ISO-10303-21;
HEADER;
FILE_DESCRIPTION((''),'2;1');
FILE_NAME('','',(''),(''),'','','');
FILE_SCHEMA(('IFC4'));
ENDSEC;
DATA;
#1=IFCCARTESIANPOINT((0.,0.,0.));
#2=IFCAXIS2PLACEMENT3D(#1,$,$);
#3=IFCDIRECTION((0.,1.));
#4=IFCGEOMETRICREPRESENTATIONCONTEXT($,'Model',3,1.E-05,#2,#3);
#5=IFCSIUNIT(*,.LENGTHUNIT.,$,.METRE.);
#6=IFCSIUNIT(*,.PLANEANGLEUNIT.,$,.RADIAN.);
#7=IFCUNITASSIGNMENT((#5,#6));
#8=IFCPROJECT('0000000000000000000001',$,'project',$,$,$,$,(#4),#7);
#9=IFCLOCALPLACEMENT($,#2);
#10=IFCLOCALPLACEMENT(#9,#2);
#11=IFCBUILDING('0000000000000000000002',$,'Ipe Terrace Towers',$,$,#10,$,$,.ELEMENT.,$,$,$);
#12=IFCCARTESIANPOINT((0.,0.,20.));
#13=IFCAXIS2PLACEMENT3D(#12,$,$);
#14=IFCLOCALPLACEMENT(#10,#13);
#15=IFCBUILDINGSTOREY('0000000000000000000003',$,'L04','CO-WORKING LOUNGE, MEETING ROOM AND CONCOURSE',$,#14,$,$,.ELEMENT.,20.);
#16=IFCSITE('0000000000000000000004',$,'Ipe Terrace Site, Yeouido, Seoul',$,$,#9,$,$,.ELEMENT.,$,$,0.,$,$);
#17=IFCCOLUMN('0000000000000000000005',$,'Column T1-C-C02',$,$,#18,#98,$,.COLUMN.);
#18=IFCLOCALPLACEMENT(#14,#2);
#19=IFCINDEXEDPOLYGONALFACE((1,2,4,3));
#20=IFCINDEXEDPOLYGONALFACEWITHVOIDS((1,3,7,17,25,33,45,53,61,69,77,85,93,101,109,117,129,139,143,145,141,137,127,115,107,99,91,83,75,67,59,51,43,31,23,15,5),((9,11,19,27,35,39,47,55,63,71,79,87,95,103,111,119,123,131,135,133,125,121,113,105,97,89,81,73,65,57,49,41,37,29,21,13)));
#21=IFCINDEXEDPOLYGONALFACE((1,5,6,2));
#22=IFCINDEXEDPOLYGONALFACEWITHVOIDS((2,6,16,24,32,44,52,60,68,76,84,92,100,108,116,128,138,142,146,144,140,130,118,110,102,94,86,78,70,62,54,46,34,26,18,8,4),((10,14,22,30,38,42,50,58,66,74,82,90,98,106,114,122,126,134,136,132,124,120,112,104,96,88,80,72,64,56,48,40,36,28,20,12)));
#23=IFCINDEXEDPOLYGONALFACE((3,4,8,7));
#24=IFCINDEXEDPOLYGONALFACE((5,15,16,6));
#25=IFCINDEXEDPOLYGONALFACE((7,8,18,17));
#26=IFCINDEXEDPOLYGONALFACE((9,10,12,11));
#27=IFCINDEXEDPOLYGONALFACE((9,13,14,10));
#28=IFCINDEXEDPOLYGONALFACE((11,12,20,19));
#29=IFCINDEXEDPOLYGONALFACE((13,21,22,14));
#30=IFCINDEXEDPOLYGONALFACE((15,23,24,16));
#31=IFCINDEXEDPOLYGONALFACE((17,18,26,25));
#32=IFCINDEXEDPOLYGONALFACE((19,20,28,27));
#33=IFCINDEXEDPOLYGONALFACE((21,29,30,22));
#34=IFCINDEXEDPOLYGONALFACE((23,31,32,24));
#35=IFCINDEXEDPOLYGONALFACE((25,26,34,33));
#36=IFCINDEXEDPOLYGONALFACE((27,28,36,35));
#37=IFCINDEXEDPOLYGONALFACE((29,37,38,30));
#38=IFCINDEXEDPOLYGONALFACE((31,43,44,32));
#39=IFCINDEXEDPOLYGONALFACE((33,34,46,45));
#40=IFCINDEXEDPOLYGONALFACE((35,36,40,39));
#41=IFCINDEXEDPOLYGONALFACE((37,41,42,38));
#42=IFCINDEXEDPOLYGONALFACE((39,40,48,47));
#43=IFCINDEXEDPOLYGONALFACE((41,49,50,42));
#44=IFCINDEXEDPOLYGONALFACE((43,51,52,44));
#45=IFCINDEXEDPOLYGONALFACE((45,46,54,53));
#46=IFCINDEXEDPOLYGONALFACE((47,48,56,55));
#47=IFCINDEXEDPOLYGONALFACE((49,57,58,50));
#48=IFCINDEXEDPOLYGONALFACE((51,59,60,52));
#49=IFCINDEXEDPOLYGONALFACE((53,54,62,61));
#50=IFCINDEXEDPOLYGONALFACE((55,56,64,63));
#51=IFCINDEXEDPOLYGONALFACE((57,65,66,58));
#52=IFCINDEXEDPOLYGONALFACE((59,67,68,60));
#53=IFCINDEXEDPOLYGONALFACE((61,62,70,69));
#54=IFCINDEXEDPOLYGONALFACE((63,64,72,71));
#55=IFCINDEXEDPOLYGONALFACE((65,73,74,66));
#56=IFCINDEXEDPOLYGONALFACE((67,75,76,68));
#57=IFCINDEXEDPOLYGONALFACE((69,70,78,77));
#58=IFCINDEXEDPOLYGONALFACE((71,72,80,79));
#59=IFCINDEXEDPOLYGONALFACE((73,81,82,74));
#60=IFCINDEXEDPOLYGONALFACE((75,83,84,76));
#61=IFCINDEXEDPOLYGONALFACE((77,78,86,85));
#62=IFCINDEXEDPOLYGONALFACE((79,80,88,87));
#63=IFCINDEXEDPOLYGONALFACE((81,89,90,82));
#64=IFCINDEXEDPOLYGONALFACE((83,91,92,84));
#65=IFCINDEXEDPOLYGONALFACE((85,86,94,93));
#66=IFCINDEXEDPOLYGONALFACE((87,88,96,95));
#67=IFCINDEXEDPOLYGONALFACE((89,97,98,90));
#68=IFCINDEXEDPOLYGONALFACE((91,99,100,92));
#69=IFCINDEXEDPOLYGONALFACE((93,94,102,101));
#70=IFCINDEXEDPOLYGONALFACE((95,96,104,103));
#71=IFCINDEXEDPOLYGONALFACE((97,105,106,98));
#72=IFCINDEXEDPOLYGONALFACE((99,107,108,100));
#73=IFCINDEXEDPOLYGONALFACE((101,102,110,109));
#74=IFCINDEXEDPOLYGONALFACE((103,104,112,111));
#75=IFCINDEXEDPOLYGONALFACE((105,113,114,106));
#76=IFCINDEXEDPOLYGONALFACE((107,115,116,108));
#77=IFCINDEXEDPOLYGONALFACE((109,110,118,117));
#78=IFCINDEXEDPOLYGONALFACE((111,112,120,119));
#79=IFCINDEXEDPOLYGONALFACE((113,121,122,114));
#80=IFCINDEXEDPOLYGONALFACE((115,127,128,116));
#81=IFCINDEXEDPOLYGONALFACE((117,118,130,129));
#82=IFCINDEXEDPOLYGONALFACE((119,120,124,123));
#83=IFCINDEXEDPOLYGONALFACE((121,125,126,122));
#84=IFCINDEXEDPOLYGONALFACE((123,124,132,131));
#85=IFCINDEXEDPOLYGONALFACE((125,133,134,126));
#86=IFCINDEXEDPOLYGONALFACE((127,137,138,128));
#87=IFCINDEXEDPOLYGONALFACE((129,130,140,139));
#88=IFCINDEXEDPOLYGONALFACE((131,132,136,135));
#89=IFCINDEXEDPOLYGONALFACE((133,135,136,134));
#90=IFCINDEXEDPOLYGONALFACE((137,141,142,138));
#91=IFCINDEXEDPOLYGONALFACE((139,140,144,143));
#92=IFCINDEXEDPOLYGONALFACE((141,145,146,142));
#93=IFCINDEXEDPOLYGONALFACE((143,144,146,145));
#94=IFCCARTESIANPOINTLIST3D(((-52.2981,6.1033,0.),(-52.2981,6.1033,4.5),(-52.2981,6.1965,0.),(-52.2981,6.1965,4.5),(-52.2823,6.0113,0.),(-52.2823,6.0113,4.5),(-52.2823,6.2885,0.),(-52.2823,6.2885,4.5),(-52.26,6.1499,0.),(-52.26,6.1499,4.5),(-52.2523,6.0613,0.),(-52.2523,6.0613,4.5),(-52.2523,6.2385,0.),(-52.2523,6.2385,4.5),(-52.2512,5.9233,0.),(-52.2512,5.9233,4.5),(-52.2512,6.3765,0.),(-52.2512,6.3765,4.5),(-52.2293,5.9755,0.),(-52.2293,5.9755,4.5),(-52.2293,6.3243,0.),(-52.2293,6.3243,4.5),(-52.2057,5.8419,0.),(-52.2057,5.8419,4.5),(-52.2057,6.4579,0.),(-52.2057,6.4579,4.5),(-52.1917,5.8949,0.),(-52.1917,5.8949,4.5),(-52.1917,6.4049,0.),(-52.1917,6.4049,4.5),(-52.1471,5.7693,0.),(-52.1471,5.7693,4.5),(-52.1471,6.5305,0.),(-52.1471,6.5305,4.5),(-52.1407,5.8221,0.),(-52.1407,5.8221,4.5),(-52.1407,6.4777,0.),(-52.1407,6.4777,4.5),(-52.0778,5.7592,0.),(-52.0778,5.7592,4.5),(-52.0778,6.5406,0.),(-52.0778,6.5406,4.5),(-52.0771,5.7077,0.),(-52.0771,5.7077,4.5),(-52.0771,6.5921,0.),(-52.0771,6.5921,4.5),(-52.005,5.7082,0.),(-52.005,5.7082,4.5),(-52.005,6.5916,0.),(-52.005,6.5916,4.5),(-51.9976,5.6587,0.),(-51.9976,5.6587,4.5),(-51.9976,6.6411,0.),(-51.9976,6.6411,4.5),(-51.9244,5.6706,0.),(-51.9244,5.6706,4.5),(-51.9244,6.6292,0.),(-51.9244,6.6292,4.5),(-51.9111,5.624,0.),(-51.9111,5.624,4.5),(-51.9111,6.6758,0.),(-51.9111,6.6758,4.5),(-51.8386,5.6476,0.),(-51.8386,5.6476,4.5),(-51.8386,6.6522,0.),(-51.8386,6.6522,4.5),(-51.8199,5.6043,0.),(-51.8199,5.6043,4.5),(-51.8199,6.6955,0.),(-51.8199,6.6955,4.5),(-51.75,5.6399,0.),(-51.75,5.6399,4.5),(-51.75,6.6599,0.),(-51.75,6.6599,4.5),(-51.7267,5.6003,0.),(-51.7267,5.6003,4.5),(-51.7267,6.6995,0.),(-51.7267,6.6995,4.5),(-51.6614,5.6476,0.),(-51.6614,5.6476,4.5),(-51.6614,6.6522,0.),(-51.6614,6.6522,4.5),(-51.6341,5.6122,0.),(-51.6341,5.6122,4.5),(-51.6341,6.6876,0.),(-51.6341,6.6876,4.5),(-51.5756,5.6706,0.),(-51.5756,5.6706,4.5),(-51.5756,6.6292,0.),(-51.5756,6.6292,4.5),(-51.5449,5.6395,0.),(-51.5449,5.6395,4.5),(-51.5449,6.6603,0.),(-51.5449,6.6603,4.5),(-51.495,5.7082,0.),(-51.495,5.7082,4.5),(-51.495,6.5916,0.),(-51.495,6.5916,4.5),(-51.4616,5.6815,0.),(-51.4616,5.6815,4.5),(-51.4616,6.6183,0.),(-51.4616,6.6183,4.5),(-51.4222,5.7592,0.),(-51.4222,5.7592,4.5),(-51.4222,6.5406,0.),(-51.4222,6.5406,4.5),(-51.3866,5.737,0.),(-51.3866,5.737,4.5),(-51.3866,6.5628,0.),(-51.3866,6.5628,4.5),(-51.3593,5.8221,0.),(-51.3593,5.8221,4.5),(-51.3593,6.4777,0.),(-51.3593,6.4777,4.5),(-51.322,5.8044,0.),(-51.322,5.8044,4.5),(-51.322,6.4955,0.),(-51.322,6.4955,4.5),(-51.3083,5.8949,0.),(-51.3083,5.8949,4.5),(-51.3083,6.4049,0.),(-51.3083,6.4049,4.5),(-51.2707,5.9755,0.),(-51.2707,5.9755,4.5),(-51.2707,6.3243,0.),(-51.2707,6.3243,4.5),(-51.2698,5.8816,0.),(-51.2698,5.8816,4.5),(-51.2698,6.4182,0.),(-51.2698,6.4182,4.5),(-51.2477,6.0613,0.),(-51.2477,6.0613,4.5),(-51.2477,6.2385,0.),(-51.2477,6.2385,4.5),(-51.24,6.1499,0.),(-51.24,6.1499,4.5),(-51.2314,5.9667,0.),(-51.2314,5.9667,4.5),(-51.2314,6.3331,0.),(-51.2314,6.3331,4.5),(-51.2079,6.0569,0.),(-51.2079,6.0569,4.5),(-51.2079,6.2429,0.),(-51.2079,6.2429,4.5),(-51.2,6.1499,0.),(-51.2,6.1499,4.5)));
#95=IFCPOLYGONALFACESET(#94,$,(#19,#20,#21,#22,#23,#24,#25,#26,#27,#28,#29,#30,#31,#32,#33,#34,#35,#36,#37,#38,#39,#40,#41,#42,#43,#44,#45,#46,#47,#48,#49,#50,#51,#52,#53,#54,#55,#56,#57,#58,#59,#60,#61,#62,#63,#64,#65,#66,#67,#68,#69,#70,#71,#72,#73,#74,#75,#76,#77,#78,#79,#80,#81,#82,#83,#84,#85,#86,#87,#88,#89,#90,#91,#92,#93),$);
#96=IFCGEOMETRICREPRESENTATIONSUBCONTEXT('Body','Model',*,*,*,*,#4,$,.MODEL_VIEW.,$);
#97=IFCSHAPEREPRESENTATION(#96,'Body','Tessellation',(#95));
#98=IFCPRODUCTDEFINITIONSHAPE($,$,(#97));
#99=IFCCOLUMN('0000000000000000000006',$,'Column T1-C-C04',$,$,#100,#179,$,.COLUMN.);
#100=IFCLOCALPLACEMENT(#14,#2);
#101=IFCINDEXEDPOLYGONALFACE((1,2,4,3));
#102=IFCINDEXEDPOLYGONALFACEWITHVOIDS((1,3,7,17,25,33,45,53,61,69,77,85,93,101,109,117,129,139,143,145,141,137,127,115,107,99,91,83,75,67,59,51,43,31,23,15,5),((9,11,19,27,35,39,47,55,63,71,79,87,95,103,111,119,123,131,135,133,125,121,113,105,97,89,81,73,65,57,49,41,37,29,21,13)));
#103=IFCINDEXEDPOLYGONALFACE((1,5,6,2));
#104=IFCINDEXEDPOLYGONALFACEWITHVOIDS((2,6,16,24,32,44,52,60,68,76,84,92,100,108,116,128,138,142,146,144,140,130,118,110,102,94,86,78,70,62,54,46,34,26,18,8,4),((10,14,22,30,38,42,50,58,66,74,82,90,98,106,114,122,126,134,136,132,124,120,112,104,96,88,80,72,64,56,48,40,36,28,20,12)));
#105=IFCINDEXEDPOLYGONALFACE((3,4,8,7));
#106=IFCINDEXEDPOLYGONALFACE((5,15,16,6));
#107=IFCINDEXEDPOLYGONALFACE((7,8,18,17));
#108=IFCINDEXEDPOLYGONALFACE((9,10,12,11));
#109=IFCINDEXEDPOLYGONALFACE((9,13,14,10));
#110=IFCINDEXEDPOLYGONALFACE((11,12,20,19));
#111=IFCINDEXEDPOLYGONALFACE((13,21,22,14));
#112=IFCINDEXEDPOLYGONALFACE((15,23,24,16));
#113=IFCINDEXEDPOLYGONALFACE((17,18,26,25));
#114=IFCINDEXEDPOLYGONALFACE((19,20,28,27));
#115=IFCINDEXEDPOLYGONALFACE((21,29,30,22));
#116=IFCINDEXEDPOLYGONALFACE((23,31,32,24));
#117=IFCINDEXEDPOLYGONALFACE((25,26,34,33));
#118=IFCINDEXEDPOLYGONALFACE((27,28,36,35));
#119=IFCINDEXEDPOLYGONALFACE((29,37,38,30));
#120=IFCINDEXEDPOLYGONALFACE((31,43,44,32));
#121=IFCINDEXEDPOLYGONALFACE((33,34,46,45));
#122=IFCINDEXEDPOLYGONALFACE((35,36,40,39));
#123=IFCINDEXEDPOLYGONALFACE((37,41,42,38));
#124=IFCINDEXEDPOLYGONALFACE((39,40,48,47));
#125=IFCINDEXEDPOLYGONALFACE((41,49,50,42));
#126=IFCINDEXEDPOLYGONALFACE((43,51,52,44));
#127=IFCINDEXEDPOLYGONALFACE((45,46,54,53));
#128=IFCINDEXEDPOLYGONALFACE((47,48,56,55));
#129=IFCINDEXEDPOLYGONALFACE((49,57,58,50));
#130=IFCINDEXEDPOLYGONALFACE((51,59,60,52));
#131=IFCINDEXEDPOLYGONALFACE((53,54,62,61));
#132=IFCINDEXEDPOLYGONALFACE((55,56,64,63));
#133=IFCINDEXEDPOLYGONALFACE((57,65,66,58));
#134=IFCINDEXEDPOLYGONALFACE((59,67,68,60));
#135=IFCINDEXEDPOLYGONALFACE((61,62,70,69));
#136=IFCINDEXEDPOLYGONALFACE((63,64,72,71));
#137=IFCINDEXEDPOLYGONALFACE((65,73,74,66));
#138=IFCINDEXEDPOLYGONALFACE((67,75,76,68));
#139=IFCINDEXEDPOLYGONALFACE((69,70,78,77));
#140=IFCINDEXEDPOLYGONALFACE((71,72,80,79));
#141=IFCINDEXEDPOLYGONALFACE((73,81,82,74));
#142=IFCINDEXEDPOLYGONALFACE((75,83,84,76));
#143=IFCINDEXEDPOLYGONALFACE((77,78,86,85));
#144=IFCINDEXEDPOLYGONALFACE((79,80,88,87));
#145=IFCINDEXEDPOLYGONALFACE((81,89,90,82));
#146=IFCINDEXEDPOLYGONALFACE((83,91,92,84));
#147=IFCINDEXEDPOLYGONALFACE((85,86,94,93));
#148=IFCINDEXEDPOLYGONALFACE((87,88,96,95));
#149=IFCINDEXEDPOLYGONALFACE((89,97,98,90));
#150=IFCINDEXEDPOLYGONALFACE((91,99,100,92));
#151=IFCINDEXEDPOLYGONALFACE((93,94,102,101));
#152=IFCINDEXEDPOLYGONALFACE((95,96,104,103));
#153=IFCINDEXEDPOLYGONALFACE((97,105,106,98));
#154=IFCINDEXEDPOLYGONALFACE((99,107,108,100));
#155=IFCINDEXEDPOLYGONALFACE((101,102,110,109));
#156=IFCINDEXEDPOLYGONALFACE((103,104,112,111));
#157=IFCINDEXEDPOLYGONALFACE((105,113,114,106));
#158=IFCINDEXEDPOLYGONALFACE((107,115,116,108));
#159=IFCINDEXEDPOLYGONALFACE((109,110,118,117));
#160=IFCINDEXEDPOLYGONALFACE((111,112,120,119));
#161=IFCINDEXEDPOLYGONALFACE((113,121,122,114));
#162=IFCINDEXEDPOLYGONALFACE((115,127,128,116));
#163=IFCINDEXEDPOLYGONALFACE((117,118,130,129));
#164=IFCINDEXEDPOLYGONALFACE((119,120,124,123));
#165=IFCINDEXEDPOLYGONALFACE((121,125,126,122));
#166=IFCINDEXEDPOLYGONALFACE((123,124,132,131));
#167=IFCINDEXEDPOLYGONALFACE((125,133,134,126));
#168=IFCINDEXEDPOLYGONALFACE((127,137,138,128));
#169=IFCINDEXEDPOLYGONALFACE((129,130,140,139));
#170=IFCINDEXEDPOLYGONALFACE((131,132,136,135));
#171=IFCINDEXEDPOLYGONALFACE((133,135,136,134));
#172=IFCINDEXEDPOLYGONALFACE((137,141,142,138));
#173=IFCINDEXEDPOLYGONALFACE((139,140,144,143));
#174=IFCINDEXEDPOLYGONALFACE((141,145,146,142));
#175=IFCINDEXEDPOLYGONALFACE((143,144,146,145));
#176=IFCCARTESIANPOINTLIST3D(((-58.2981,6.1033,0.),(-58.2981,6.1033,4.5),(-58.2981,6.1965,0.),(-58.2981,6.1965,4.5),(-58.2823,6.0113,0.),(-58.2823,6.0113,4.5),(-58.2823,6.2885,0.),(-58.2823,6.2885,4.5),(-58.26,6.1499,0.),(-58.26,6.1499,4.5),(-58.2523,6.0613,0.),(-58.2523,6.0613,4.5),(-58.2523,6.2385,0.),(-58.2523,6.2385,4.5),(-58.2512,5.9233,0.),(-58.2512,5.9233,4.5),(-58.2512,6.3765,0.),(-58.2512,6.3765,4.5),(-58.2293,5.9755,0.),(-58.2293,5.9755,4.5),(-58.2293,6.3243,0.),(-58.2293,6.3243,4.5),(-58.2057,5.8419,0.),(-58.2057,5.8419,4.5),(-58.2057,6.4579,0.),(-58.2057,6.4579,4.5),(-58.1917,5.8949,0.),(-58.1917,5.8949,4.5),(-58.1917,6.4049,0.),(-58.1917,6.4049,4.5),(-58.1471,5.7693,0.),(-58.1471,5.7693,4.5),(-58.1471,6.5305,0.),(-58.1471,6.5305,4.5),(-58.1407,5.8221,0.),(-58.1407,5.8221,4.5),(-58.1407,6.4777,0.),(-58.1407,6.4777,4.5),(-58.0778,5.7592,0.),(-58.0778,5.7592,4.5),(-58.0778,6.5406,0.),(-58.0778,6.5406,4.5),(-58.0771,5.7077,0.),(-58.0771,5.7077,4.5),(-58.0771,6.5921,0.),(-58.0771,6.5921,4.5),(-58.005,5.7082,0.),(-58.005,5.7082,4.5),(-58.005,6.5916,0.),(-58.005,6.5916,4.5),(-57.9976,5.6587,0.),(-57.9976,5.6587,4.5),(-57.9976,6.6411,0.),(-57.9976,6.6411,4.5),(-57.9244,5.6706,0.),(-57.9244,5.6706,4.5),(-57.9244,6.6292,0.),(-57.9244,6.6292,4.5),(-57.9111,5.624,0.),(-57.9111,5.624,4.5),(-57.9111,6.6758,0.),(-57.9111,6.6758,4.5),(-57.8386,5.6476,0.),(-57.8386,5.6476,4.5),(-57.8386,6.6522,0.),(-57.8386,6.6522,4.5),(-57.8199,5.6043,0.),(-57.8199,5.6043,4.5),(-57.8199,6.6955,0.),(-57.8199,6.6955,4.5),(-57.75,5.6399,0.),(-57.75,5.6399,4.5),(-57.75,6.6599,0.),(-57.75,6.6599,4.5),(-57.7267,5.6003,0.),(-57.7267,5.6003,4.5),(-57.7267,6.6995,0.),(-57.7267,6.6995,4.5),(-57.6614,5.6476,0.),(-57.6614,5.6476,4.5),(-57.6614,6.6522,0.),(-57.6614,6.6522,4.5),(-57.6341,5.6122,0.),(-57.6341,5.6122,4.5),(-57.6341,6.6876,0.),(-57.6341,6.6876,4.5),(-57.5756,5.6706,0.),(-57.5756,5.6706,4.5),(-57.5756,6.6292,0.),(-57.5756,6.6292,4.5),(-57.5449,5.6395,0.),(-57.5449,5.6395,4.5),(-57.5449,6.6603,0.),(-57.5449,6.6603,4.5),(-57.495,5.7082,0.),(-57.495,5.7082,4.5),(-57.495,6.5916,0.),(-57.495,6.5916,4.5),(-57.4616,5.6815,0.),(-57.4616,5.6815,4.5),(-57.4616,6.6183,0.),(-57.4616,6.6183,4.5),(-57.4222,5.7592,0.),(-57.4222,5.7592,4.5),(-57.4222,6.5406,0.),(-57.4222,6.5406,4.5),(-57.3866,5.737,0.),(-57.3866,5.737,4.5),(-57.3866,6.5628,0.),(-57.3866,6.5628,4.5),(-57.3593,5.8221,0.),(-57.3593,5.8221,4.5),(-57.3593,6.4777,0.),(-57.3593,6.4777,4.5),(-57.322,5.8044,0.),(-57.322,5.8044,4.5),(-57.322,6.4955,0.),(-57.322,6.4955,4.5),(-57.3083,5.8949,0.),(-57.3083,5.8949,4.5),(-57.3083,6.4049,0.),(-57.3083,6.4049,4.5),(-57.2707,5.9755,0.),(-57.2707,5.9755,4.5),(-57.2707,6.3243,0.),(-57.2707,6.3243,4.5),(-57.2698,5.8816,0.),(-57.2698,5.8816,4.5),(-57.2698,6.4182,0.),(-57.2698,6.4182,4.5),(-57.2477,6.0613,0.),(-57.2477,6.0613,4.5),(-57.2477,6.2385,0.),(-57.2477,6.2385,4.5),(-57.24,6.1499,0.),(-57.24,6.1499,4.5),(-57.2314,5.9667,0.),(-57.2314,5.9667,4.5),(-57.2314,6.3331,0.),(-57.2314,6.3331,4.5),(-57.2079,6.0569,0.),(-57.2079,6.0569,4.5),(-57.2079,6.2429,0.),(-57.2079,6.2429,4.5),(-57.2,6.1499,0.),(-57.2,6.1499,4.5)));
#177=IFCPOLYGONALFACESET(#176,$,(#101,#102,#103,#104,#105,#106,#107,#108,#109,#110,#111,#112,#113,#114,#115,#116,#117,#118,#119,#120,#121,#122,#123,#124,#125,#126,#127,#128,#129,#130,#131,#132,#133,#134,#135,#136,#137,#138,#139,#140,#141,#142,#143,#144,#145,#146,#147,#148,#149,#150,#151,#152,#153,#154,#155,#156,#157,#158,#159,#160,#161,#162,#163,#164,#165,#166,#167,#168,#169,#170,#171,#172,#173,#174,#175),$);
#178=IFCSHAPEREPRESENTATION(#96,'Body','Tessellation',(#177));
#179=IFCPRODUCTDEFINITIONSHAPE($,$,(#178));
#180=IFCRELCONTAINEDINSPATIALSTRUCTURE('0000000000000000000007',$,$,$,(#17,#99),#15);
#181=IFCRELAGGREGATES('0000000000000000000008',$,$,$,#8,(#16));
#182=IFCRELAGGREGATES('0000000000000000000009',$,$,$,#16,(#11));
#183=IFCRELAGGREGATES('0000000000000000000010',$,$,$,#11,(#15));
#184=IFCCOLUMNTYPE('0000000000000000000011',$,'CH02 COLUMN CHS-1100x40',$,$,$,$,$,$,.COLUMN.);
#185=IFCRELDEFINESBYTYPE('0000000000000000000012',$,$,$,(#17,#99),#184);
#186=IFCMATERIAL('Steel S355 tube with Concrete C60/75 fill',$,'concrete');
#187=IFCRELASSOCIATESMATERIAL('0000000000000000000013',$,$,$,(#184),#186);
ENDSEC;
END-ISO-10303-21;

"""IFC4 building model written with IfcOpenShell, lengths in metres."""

from ifc_helpers import new_model, si_unit, direction, frame, origin, origin_2d, place, context, subcontext, project, spatial, hollow_circle, extrude, material, material_profile, profile_set, type_object, element, save


model = new_model("IFC4")

# Units and contexts
model_context = context("Model", 3, precision=1e-05, world=origin(), true_north=direction((0.0, 1.0)))
body_context = subcontext(model_context, "Body", "Model", "MODEL_VIEW")
ifc_project = project(units=[si_unit("LENGTHUNIT", "METRE"), si_unit("PLANEANGLEUNIT", "RADIAN")], contexts=[model_context])

# Site, building, storey
site_placement = place(None, origin())
site = spatial("IfcSite", under=ifc_project, at=site_placement, Name="Ipe Terrace Site, Yeouido, Seoul", CompositionType="ELEMENT", RefElevation=0.0)
building_placement = place(site_placement, origin())
building = spatial("IfcBuilding", under=site, at=building_placement, Name="Ipe Terrace Towers", CompositionType="ELEMENT")
storey_placement = place(building_placement, frame((0.0, 0.0, 20.0)))
storey = spatial("IfcBuildingStorey", under=building, at=storey_placement, Name="L04", Description="CO-WORKING LOUNGE, MEETING ROOM AND CONCOURSE", CompositionType="ELEMENT", Elevation=20.0)

# Columns
ifc_material_1 = material(Name="Steel S355 tube with Concrete C60/75 fill", Category="concrete")
ifc_material_profile_1 = material_profile(ifc_material_1, hollow_circle(Radius=0.55, WallThickness=0.04, at=origin_2d()), Name="CHS-1100x40")
ifc_profile_set_1 = profile_set([ifc_material_profile_1], Name="Steel S355 tube with Concrete C60/75 fill")
column_type_1 = type_object("IfcColumnType", Name="CH02 COLUMN CHS-1100x40", PredefinedType="COLUMN", material=ifc_profile_set_1)
for number, where, z_axis, x_axis, name in (
    (1, (-51.75, 6.1499, 0.0), (0.0, 0.0, 1.0), (1.0, 0.0, 0.0), "Column T1-C-C02"),
    (2, (-57.75, 6.1499, 0.0), (0.0, 0.0, 1.0), (1.0, 0.0, 0.0), "Column T1-C-C04"),
):
    element("IfcColumn", number, at=place(storey_placement, frame(where, z_axis=z_axis, x_axis=x_axis)), inside=storey, type_object=column_type_1, Name=name, PredefinedType="COLUMN", context=body_context, shape_type="SweptSolid", body=[
        extrude(hollow_circle(Radius=0.55, WallThickness=0.04, at=origin_2d()), origin(), (0.0, 0.0, 1.0), 4.5),
    ])

save(model, "model.ifc")
